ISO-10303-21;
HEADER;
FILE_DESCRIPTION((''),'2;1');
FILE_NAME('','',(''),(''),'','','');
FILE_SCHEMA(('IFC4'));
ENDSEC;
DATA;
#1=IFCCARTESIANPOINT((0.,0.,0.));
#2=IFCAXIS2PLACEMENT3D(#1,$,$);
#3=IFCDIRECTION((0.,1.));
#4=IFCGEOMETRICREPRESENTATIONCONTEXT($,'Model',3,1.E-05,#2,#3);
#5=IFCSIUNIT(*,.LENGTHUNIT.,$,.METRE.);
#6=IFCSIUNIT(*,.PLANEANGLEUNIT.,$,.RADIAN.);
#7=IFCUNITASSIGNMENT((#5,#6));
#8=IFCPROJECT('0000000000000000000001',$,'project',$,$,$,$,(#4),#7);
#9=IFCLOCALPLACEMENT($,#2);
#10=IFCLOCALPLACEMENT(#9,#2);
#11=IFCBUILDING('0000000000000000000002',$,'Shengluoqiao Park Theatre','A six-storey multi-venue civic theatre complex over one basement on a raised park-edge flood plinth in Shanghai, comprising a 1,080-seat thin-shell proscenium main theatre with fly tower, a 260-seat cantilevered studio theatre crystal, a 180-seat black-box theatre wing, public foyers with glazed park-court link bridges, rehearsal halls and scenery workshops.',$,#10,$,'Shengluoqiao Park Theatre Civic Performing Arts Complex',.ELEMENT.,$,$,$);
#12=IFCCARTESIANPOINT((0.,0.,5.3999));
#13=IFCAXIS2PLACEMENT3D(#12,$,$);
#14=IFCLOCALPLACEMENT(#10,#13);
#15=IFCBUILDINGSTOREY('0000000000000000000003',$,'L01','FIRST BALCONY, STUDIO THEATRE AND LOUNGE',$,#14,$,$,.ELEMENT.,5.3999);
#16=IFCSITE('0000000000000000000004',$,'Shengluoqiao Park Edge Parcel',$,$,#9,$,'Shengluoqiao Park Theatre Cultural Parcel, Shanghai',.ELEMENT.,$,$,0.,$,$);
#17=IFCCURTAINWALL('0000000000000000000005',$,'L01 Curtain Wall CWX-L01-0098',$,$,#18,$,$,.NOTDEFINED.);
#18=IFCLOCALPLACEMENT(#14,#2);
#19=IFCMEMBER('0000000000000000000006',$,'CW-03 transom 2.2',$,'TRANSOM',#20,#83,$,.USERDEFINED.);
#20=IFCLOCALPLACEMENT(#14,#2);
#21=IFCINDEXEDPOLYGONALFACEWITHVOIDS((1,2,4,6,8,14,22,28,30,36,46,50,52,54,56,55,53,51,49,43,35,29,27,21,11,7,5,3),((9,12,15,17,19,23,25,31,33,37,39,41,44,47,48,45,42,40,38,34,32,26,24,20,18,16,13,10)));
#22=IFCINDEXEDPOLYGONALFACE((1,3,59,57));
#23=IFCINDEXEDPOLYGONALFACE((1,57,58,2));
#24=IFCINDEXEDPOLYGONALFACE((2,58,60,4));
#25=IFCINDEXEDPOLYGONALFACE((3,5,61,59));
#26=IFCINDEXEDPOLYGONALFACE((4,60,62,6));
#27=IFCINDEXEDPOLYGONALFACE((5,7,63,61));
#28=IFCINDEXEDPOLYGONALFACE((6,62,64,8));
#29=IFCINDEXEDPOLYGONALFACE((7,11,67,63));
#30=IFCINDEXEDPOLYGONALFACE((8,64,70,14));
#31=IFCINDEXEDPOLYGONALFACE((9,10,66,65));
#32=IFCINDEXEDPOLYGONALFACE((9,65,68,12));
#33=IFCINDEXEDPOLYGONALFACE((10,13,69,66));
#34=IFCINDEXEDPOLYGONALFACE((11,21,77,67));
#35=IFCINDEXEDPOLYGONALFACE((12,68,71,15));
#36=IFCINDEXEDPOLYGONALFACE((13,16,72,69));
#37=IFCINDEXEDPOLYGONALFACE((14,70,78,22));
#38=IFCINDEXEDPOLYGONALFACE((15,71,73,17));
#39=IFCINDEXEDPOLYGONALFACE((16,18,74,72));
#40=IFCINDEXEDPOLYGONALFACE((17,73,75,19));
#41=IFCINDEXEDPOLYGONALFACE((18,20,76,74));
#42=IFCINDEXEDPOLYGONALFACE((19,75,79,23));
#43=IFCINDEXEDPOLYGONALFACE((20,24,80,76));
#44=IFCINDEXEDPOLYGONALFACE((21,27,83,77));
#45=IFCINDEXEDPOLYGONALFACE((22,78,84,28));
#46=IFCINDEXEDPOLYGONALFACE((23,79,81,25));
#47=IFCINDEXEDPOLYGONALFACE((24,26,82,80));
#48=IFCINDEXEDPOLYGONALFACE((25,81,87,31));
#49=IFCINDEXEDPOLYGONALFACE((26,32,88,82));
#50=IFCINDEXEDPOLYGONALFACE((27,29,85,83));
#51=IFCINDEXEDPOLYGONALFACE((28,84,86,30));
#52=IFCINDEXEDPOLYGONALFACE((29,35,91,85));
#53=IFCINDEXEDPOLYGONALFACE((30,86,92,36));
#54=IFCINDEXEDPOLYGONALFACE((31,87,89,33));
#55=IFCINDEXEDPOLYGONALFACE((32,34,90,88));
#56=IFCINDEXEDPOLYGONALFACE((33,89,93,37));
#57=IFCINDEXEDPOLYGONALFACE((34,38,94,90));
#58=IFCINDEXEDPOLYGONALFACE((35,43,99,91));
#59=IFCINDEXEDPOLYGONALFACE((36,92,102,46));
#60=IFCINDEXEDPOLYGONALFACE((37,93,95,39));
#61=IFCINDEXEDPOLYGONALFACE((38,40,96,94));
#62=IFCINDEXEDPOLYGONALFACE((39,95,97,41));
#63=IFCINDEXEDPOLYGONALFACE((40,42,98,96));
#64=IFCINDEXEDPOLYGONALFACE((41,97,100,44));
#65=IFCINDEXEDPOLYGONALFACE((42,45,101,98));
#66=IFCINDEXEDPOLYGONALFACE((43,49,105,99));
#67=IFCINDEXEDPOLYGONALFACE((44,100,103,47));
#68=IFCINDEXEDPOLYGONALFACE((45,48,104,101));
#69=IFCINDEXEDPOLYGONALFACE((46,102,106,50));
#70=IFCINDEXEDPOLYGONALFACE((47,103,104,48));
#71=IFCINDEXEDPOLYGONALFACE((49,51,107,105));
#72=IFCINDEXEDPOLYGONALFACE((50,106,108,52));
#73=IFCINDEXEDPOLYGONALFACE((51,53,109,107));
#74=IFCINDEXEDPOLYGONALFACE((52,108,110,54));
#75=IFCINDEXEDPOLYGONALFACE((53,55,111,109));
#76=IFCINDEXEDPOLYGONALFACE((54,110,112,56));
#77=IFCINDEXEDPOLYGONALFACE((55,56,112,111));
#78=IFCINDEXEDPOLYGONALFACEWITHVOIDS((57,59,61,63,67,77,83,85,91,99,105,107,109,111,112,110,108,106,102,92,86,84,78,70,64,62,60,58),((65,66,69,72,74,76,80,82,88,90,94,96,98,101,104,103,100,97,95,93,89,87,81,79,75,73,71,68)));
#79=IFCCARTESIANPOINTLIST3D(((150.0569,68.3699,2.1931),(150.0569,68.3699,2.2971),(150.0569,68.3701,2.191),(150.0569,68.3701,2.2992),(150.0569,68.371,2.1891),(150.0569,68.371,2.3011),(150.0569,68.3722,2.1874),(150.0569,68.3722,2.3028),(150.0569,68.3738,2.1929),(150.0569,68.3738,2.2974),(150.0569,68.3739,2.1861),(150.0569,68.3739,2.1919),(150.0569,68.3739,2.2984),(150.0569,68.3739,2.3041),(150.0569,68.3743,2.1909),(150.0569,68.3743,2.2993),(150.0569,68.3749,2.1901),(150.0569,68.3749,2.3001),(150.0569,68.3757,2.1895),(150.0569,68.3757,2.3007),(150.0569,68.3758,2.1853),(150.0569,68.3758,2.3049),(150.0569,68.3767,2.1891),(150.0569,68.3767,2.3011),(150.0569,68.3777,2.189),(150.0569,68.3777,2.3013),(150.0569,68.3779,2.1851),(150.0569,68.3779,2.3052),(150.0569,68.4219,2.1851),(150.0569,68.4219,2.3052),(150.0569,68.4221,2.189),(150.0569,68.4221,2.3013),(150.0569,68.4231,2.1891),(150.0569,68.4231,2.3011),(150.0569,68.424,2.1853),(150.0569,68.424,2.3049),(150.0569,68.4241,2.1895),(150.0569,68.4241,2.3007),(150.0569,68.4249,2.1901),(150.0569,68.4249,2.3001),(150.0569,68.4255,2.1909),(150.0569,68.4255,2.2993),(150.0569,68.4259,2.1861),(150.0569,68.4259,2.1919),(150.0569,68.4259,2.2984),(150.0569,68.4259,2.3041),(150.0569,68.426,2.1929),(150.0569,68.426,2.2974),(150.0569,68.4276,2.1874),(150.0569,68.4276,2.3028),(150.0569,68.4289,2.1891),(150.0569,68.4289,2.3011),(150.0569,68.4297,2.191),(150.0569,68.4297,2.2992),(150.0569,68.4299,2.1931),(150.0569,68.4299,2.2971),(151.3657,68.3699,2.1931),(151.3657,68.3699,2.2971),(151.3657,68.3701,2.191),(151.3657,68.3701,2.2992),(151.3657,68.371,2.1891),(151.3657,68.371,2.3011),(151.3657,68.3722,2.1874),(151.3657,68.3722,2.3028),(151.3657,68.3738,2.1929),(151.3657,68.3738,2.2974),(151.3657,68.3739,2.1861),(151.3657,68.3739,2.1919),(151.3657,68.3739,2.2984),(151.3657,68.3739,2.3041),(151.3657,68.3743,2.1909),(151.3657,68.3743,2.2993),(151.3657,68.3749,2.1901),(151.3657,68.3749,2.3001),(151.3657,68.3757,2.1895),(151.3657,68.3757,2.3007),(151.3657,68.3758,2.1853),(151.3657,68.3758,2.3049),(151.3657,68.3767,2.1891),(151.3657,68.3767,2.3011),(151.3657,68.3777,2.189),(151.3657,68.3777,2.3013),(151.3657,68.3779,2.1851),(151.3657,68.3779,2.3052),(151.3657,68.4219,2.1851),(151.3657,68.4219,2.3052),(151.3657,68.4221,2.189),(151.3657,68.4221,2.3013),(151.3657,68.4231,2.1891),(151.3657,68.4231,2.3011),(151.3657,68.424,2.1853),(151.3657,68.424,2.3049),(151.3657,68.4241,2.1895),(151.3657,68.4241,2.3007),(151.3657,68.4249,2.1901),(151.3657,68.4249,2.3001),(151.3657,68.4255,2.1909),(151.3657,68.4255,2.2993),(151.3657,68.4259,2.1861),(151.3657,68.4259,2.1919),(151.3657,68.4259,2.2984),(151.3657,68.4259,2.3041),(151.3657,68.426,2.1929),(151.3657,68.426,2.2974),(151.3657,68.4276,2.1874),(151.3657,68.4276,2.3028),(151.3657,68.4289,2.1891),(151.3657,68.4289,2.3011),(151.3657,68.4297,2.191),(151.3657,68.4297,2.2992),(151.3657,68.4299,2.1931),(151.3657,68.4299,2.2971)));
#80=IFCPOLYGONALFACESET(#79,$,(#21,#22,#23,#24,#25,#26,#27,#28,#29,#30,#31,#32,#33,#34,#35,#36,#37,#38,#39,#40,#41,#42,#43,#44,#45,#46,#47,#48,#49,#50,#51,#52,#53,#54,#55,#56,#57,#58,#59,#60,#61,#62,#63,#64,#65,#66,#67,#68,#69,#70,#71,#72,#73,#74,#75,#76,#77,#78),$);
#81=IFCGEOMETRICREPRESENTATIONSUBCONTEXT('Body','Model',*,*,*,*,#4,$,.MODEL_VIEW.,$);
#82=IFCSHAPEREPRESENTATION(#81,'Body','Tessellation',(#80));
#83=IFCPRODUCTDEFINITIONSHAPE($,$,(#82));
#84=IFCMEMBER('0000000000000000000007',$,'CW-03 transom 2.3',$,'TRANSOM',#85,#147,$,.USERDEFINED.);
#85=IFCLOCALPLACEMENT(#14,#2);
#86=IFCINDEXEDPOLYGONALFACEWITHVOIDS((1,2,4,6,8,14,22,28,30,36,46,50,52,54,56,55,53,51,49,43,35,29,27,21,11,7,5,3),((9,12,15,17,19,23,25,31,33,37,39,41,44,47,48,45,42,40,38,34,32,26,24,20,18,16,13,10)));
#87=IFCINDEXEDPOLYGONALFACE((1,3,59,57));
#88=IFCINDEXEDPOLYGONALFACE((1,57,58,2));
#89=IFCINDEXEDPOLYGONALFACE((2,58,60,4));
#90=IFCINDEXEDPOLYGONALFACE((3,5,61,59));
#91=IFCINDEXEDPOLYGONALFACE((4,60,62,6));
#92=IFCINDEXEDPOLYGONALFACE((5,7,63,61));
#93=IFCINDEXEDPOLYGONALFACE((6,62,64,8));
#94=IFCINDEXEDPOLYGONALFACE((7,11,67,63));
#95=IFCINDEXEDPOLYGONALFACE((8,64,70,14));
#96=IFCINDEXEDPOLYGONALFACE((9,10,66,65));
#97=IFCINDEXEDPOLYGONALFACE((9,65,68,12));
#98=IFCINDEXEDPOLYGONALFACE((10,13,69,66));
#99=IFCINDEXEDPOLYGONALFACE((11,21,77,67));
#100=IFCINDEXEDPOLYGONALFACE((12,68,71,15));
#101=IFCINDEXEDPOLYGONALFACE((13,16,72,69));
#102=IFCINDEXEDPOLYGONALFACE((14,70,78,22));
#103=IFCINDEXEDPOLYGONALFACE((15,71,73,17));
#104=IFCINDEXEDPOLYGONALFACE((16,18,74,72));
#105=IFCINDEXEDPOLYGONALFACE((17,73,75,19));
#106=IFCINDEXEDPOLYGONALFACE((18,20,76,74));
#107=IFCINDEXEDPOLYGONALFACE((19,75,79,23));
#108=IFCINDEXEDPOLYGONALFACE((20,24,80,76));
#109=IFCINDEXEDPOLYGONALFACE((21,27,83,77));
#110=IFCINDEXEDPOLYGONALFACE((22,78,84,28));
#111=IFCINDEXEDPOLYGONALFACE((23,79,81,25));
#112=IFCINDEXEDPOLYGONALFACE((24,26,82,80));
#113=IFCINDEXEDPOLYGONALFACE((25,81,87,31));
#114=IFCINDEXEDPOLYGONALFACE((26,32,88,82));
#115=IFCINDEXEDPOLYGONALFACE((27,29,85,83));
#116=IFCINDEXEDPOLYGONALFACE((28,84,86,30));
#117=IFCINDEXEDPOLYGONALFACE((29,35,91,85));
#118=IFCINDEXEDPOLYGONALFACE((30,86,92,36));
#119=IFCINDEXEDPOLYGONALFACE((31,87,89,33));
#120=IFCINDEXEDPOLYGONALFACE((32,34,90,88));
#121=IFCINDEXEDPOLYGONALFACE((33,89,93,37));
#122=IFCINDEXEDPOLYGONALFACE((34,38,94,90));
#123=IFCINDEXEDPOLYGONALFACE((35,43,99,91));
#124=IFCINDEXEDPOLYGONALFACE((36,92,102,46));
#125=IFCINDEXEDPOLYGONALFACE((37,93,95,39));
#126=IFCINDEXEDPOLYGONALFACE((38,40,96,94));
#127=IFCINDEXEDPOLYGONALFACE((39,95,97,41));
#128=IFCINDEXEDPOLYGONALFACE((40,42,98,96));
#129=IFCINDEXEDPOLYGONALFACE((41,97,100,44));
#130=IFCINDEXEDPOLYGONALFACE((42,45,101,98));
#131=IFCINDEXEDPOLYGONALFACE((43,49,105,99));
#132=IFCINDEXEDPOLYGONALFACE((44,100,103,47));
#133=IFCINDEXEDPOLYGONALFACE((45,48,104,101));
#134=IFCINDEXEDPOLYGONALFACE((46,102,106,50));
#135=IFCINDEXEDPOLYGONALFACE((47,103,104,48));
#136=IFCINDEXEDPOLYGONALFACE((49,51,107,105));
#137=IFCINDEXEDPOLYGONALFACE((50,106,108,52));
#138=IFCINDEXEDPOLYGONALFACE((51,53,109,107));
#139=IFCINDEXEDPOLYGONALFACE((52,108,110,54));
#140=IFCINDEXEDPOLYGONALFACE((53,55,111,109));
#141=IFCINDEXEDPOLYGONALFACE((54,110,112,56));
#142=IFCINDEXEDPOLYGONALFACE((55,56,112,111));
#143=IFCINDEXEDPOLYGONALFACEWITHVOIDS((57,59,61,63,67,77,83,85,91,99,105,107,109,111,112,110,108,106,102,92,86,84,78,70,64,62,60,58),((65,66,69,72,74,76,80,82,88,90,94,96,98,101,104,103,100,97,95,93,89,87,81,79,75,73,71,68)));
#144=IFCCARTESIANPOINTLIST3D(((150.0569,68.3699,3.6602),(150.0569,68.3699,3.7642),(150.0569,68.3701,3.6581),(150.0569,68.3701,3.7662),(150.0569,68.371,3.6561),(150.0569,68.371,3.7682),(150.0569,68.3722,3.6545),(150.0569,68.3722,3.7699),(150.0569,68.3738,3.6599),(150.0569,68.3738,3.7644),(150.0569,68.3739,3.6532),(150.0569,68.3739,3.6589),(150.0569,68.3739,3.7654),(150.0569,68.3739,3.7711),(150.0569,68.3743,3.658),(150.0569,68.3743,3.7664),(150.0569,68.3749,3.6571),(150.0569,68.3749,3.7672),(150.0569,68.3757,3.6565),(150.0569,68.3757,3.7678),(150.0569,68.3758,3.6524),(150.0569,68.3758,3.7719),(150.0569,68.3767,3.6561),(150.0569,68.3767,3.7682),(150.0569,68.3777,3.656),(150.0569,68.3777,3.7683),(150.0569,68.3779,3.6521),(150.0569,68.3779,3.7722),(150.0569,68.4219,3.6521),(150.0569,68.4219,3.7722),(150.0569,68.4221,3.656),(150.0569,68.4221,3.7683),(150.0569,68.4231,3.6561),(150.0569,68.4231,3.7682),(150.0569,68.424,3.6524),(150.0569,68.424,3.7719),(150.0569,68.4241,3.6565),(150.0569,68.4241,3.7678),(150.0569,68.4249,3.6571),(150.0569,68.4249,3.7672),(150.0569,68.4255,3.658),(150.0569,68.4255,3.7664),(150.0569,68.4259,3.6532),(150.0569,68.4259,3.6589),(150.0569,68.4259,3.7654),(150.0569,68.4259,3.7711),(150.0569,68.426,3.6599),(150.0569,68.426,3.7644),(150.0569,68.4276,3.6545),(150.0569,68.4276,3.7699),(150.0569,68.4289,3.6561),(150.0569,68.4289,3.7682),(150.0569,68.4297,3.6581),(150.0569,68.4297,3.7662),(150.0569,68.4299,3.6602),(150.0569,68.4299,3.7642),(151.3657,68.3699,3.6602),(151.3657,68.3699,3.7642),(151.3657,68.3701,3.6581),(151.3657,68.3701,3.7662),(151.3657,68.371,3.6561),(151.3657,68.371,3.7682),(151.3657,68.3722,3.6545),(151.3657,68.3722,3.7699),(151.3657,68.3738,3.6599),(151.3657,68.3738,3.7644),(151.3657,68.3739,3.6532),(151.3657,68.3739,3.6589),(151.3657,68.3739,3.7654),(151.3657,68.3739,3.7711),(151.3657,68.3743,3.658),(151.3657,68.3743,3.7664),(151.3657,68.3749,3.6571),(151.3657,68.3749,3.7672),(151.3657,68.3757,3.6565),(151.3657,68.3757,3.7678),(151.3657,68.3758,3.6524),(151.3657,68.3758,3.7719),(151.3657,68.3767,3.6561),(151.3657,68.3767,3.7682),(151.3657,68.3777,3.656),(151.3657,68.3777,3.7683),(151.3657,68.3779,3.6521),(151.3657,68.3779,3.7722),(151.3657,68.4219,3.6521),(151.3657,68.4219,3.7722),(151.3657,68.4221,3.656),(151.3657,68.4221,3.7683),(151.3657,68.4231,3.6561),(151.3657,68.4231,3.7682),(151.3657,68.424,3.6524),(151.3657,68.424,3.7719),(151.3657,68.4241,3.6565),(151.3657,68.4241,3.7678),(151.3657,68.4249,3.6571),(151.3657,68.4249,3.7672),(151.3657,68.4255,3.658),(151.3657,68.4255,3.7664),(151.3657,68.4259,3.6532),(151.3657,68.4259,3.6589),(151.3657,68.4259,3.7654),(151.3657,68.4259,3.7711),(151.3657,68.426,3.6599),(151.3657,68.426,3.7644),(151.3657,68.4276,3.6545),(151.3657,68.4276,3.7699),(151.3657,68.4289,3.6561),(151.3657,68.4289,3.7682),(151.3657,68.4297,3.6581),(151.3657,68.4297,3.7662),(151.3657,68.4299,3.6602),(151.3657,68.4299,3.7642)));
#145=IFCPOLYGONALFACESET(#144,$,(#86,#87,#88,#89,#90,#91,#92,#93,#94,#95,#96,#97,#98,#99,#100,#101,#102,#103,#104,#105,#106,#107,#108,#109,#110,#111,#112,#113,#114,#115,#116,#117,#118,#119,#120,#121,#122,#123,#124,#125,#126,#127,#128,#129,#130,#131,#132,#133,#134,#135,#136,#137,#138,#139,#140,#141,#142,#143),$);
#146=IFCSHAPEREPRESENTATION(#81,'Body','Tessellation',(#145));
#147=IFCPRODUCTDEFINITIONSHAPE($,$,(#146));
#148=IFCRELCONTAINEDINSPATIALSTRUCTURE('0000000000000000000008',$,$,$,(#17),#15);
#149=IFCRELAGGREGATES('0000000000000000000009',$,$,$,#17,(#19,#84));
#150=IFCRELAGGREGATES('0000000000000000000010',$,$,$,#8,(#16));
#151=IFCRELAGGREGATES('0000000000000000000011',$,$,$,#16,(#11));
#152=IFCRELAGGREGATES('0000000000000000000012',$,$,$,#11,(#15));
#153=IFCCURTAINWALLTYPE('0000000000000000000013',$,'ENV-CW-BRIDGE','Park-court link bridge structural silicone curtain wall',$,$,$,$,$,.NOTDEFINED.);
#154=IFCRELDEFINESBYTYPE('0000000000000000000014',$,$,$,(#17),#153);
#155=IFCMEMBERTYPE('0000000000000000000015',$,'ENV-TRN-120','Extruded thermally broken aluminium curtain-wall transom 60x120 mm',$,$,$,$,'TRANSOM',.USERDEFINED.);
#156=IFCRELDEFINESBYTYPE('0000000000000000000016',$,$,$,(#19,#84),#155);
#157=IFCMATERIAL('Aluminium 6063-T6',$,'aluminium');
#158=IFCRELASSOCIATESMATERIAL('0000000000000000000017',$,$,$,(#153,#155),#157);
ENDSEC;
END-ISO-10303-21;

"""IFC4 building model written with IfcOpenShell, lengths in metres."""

from ifc_helpers import new_model, si_unit, direction, frame, origin, origin_2d, place, context, subcontext, project, spatial, hollow_rectangle, extrude, material, material_profile, profile_set, type_object, element, aggregate, save


model = new_model("IFC4")

# Units and contexts
model_context = context("Model", 3, precision=1e-05, world=origin(), true_north=direction((0.0, 1.0)))
body_context = subcontext(model_context, "Body", "Model", "MODEL_VIEW")
ifc_project = project(units=[si_unit("LENGTHUNIT", "METRE"), si_unit("PLANEANGLEUNIT", "RADIAN")], contexts=[model_context])

# Site, building, storey
site_placement = place(None, origin())
site = spatial("IfcSite", under=ifc_project, at=site_placement, Name="Shengluoqiao Park Edge Parcel", LongName="Shengluoqiao Park Theatre Cultural Parcel, Shanghai", CompositionType="ELEMENT", RefElevation=0.0)
building_placement = place(site_placement, origin())
building = spatial("IfcBuilding", under=site, at=building_placement, Name="Shengluoqiao Park Theatre", Description="A six-storey multi-venue civic theatre complex over one basement on a raised park-edge flood plinth in Shanghai, comprising a 1,080-seat thin-shell proscenium main theatre with fly tower, a 260-seat cantilevered studio theatre crystal, a 180-seat black-box theatre wing, public foyers with glazed park-court link bridges, rehearsal halls and scenery workshops.", LongName="Shengluoqiao Park Theatre Civic Performing Arts Complex", CompositionType="ELEMENT")
storey_placement = place(building_placement, frame((0.0, 0.0, 5.3999)))
storey = spatial("IfcBuildingStorey", under=building, at=storey_placement, Name="L01", Description="FIRST BALCONY, STUDIO THEATRE AND LOUNGE", CompositionType="ELEMENT", Elevation=5.3999)

# Curtain wall
ifc_material_1 = material(Name="Aluminium 6063-T6", Category="aluminium")
curtain_wall_type = type_object("IfcCurtainWallType", Name="ENV-CW-BRIDGE", Description="Park-court link bridge structural silicone curtain wall", PredefinedType="NOTDEFINED", material=ifc_material_1)
curtain_wall_1_placement = place(storey_placement, origin())
curtain_wall_1 = element("IfcCurtainWall", 1, at=curtain_wall_1_placement, inside=storey, type_object=curtain_wall_type, Name="L01 Curtain Wall CWX-L01-0098", PredefinedType="NOTDEFINED")

# Members
ifc_material_profile_1 = material_profile(ifc_material_1, hollow_rectangle(XDim=0.0601, YDim=0.1201, WallThickness=0.0039, InnerFilletRadius=0.0039, OuterFilletRadius=0.0081, at=origin_2d()), Name="ALU TRANSOM 120x60x4")
ifc_profile_set_1 = profile_set([ifc_material_profile_1], Name="Aluminium 6063-T6")
member_type_1 = type_object("IfcMemberType", Name="ENV-TRN-120", Description="Extruded thermally broken aluminium curtain-wall transom 60x120 mm", ElementType="TRANSOM", PredefinedType="USERDEFINED", material=ifc_profile_set_1)
member_1_placement = place(storey_placement, frame((150.0569, 68.3999, 2.2451), z_axis=(1.0, 0.0, 0.0), x_axis=(0.0, 1.0, 0.0)))
member_1 = element("IfcMember", 2, at=member_1_placement, type_object=member_type_1, Name="CW-03 transom 2.2", ObjectType="TRANSOM", PredefinedType="USERDEFINED", context=body_context, shape_type="SweptSolid", body=[
    extrude(hollow_rectangle(XDim=0.0601, YDim=0.1201, WallThickness=0.0039, InnerFilletRadius=0.0039, OuterFilletRadius=0.0081, at=origin_2d()), origin(), (0.0, 0.0, 1.0), 1.3088),
])
member_2_placement = place(storey_placement, frame((150.0569, 68.3999, 3.7122), z_axis=(1.0, 0.0, 0.0), x_axis=(0.0, 1.0, 0.0)))
member_2 = element("IfcMember", 3, at=member_2_placement, type_object=member_type_1, Name="CW-03 transom 2.3", ObjectType="TRANSOM", PredefinedType="USERDEFINED", context=body_context, shape_type="SweptSolid", body=[
    extrude(hollow_rectangle(XDim=0.0601, YDim=0.1201, WallThickness=0.0039, InnerFilletRadius=0.0039, OuterFilletRadius=0.0081, at=origin_2d()), origin(), (0.0, 0.0, 1.0), 1.3088),
])

aggregate(curtain_wall_1, [member_1, member_2])

save(model, "model.ifc")
